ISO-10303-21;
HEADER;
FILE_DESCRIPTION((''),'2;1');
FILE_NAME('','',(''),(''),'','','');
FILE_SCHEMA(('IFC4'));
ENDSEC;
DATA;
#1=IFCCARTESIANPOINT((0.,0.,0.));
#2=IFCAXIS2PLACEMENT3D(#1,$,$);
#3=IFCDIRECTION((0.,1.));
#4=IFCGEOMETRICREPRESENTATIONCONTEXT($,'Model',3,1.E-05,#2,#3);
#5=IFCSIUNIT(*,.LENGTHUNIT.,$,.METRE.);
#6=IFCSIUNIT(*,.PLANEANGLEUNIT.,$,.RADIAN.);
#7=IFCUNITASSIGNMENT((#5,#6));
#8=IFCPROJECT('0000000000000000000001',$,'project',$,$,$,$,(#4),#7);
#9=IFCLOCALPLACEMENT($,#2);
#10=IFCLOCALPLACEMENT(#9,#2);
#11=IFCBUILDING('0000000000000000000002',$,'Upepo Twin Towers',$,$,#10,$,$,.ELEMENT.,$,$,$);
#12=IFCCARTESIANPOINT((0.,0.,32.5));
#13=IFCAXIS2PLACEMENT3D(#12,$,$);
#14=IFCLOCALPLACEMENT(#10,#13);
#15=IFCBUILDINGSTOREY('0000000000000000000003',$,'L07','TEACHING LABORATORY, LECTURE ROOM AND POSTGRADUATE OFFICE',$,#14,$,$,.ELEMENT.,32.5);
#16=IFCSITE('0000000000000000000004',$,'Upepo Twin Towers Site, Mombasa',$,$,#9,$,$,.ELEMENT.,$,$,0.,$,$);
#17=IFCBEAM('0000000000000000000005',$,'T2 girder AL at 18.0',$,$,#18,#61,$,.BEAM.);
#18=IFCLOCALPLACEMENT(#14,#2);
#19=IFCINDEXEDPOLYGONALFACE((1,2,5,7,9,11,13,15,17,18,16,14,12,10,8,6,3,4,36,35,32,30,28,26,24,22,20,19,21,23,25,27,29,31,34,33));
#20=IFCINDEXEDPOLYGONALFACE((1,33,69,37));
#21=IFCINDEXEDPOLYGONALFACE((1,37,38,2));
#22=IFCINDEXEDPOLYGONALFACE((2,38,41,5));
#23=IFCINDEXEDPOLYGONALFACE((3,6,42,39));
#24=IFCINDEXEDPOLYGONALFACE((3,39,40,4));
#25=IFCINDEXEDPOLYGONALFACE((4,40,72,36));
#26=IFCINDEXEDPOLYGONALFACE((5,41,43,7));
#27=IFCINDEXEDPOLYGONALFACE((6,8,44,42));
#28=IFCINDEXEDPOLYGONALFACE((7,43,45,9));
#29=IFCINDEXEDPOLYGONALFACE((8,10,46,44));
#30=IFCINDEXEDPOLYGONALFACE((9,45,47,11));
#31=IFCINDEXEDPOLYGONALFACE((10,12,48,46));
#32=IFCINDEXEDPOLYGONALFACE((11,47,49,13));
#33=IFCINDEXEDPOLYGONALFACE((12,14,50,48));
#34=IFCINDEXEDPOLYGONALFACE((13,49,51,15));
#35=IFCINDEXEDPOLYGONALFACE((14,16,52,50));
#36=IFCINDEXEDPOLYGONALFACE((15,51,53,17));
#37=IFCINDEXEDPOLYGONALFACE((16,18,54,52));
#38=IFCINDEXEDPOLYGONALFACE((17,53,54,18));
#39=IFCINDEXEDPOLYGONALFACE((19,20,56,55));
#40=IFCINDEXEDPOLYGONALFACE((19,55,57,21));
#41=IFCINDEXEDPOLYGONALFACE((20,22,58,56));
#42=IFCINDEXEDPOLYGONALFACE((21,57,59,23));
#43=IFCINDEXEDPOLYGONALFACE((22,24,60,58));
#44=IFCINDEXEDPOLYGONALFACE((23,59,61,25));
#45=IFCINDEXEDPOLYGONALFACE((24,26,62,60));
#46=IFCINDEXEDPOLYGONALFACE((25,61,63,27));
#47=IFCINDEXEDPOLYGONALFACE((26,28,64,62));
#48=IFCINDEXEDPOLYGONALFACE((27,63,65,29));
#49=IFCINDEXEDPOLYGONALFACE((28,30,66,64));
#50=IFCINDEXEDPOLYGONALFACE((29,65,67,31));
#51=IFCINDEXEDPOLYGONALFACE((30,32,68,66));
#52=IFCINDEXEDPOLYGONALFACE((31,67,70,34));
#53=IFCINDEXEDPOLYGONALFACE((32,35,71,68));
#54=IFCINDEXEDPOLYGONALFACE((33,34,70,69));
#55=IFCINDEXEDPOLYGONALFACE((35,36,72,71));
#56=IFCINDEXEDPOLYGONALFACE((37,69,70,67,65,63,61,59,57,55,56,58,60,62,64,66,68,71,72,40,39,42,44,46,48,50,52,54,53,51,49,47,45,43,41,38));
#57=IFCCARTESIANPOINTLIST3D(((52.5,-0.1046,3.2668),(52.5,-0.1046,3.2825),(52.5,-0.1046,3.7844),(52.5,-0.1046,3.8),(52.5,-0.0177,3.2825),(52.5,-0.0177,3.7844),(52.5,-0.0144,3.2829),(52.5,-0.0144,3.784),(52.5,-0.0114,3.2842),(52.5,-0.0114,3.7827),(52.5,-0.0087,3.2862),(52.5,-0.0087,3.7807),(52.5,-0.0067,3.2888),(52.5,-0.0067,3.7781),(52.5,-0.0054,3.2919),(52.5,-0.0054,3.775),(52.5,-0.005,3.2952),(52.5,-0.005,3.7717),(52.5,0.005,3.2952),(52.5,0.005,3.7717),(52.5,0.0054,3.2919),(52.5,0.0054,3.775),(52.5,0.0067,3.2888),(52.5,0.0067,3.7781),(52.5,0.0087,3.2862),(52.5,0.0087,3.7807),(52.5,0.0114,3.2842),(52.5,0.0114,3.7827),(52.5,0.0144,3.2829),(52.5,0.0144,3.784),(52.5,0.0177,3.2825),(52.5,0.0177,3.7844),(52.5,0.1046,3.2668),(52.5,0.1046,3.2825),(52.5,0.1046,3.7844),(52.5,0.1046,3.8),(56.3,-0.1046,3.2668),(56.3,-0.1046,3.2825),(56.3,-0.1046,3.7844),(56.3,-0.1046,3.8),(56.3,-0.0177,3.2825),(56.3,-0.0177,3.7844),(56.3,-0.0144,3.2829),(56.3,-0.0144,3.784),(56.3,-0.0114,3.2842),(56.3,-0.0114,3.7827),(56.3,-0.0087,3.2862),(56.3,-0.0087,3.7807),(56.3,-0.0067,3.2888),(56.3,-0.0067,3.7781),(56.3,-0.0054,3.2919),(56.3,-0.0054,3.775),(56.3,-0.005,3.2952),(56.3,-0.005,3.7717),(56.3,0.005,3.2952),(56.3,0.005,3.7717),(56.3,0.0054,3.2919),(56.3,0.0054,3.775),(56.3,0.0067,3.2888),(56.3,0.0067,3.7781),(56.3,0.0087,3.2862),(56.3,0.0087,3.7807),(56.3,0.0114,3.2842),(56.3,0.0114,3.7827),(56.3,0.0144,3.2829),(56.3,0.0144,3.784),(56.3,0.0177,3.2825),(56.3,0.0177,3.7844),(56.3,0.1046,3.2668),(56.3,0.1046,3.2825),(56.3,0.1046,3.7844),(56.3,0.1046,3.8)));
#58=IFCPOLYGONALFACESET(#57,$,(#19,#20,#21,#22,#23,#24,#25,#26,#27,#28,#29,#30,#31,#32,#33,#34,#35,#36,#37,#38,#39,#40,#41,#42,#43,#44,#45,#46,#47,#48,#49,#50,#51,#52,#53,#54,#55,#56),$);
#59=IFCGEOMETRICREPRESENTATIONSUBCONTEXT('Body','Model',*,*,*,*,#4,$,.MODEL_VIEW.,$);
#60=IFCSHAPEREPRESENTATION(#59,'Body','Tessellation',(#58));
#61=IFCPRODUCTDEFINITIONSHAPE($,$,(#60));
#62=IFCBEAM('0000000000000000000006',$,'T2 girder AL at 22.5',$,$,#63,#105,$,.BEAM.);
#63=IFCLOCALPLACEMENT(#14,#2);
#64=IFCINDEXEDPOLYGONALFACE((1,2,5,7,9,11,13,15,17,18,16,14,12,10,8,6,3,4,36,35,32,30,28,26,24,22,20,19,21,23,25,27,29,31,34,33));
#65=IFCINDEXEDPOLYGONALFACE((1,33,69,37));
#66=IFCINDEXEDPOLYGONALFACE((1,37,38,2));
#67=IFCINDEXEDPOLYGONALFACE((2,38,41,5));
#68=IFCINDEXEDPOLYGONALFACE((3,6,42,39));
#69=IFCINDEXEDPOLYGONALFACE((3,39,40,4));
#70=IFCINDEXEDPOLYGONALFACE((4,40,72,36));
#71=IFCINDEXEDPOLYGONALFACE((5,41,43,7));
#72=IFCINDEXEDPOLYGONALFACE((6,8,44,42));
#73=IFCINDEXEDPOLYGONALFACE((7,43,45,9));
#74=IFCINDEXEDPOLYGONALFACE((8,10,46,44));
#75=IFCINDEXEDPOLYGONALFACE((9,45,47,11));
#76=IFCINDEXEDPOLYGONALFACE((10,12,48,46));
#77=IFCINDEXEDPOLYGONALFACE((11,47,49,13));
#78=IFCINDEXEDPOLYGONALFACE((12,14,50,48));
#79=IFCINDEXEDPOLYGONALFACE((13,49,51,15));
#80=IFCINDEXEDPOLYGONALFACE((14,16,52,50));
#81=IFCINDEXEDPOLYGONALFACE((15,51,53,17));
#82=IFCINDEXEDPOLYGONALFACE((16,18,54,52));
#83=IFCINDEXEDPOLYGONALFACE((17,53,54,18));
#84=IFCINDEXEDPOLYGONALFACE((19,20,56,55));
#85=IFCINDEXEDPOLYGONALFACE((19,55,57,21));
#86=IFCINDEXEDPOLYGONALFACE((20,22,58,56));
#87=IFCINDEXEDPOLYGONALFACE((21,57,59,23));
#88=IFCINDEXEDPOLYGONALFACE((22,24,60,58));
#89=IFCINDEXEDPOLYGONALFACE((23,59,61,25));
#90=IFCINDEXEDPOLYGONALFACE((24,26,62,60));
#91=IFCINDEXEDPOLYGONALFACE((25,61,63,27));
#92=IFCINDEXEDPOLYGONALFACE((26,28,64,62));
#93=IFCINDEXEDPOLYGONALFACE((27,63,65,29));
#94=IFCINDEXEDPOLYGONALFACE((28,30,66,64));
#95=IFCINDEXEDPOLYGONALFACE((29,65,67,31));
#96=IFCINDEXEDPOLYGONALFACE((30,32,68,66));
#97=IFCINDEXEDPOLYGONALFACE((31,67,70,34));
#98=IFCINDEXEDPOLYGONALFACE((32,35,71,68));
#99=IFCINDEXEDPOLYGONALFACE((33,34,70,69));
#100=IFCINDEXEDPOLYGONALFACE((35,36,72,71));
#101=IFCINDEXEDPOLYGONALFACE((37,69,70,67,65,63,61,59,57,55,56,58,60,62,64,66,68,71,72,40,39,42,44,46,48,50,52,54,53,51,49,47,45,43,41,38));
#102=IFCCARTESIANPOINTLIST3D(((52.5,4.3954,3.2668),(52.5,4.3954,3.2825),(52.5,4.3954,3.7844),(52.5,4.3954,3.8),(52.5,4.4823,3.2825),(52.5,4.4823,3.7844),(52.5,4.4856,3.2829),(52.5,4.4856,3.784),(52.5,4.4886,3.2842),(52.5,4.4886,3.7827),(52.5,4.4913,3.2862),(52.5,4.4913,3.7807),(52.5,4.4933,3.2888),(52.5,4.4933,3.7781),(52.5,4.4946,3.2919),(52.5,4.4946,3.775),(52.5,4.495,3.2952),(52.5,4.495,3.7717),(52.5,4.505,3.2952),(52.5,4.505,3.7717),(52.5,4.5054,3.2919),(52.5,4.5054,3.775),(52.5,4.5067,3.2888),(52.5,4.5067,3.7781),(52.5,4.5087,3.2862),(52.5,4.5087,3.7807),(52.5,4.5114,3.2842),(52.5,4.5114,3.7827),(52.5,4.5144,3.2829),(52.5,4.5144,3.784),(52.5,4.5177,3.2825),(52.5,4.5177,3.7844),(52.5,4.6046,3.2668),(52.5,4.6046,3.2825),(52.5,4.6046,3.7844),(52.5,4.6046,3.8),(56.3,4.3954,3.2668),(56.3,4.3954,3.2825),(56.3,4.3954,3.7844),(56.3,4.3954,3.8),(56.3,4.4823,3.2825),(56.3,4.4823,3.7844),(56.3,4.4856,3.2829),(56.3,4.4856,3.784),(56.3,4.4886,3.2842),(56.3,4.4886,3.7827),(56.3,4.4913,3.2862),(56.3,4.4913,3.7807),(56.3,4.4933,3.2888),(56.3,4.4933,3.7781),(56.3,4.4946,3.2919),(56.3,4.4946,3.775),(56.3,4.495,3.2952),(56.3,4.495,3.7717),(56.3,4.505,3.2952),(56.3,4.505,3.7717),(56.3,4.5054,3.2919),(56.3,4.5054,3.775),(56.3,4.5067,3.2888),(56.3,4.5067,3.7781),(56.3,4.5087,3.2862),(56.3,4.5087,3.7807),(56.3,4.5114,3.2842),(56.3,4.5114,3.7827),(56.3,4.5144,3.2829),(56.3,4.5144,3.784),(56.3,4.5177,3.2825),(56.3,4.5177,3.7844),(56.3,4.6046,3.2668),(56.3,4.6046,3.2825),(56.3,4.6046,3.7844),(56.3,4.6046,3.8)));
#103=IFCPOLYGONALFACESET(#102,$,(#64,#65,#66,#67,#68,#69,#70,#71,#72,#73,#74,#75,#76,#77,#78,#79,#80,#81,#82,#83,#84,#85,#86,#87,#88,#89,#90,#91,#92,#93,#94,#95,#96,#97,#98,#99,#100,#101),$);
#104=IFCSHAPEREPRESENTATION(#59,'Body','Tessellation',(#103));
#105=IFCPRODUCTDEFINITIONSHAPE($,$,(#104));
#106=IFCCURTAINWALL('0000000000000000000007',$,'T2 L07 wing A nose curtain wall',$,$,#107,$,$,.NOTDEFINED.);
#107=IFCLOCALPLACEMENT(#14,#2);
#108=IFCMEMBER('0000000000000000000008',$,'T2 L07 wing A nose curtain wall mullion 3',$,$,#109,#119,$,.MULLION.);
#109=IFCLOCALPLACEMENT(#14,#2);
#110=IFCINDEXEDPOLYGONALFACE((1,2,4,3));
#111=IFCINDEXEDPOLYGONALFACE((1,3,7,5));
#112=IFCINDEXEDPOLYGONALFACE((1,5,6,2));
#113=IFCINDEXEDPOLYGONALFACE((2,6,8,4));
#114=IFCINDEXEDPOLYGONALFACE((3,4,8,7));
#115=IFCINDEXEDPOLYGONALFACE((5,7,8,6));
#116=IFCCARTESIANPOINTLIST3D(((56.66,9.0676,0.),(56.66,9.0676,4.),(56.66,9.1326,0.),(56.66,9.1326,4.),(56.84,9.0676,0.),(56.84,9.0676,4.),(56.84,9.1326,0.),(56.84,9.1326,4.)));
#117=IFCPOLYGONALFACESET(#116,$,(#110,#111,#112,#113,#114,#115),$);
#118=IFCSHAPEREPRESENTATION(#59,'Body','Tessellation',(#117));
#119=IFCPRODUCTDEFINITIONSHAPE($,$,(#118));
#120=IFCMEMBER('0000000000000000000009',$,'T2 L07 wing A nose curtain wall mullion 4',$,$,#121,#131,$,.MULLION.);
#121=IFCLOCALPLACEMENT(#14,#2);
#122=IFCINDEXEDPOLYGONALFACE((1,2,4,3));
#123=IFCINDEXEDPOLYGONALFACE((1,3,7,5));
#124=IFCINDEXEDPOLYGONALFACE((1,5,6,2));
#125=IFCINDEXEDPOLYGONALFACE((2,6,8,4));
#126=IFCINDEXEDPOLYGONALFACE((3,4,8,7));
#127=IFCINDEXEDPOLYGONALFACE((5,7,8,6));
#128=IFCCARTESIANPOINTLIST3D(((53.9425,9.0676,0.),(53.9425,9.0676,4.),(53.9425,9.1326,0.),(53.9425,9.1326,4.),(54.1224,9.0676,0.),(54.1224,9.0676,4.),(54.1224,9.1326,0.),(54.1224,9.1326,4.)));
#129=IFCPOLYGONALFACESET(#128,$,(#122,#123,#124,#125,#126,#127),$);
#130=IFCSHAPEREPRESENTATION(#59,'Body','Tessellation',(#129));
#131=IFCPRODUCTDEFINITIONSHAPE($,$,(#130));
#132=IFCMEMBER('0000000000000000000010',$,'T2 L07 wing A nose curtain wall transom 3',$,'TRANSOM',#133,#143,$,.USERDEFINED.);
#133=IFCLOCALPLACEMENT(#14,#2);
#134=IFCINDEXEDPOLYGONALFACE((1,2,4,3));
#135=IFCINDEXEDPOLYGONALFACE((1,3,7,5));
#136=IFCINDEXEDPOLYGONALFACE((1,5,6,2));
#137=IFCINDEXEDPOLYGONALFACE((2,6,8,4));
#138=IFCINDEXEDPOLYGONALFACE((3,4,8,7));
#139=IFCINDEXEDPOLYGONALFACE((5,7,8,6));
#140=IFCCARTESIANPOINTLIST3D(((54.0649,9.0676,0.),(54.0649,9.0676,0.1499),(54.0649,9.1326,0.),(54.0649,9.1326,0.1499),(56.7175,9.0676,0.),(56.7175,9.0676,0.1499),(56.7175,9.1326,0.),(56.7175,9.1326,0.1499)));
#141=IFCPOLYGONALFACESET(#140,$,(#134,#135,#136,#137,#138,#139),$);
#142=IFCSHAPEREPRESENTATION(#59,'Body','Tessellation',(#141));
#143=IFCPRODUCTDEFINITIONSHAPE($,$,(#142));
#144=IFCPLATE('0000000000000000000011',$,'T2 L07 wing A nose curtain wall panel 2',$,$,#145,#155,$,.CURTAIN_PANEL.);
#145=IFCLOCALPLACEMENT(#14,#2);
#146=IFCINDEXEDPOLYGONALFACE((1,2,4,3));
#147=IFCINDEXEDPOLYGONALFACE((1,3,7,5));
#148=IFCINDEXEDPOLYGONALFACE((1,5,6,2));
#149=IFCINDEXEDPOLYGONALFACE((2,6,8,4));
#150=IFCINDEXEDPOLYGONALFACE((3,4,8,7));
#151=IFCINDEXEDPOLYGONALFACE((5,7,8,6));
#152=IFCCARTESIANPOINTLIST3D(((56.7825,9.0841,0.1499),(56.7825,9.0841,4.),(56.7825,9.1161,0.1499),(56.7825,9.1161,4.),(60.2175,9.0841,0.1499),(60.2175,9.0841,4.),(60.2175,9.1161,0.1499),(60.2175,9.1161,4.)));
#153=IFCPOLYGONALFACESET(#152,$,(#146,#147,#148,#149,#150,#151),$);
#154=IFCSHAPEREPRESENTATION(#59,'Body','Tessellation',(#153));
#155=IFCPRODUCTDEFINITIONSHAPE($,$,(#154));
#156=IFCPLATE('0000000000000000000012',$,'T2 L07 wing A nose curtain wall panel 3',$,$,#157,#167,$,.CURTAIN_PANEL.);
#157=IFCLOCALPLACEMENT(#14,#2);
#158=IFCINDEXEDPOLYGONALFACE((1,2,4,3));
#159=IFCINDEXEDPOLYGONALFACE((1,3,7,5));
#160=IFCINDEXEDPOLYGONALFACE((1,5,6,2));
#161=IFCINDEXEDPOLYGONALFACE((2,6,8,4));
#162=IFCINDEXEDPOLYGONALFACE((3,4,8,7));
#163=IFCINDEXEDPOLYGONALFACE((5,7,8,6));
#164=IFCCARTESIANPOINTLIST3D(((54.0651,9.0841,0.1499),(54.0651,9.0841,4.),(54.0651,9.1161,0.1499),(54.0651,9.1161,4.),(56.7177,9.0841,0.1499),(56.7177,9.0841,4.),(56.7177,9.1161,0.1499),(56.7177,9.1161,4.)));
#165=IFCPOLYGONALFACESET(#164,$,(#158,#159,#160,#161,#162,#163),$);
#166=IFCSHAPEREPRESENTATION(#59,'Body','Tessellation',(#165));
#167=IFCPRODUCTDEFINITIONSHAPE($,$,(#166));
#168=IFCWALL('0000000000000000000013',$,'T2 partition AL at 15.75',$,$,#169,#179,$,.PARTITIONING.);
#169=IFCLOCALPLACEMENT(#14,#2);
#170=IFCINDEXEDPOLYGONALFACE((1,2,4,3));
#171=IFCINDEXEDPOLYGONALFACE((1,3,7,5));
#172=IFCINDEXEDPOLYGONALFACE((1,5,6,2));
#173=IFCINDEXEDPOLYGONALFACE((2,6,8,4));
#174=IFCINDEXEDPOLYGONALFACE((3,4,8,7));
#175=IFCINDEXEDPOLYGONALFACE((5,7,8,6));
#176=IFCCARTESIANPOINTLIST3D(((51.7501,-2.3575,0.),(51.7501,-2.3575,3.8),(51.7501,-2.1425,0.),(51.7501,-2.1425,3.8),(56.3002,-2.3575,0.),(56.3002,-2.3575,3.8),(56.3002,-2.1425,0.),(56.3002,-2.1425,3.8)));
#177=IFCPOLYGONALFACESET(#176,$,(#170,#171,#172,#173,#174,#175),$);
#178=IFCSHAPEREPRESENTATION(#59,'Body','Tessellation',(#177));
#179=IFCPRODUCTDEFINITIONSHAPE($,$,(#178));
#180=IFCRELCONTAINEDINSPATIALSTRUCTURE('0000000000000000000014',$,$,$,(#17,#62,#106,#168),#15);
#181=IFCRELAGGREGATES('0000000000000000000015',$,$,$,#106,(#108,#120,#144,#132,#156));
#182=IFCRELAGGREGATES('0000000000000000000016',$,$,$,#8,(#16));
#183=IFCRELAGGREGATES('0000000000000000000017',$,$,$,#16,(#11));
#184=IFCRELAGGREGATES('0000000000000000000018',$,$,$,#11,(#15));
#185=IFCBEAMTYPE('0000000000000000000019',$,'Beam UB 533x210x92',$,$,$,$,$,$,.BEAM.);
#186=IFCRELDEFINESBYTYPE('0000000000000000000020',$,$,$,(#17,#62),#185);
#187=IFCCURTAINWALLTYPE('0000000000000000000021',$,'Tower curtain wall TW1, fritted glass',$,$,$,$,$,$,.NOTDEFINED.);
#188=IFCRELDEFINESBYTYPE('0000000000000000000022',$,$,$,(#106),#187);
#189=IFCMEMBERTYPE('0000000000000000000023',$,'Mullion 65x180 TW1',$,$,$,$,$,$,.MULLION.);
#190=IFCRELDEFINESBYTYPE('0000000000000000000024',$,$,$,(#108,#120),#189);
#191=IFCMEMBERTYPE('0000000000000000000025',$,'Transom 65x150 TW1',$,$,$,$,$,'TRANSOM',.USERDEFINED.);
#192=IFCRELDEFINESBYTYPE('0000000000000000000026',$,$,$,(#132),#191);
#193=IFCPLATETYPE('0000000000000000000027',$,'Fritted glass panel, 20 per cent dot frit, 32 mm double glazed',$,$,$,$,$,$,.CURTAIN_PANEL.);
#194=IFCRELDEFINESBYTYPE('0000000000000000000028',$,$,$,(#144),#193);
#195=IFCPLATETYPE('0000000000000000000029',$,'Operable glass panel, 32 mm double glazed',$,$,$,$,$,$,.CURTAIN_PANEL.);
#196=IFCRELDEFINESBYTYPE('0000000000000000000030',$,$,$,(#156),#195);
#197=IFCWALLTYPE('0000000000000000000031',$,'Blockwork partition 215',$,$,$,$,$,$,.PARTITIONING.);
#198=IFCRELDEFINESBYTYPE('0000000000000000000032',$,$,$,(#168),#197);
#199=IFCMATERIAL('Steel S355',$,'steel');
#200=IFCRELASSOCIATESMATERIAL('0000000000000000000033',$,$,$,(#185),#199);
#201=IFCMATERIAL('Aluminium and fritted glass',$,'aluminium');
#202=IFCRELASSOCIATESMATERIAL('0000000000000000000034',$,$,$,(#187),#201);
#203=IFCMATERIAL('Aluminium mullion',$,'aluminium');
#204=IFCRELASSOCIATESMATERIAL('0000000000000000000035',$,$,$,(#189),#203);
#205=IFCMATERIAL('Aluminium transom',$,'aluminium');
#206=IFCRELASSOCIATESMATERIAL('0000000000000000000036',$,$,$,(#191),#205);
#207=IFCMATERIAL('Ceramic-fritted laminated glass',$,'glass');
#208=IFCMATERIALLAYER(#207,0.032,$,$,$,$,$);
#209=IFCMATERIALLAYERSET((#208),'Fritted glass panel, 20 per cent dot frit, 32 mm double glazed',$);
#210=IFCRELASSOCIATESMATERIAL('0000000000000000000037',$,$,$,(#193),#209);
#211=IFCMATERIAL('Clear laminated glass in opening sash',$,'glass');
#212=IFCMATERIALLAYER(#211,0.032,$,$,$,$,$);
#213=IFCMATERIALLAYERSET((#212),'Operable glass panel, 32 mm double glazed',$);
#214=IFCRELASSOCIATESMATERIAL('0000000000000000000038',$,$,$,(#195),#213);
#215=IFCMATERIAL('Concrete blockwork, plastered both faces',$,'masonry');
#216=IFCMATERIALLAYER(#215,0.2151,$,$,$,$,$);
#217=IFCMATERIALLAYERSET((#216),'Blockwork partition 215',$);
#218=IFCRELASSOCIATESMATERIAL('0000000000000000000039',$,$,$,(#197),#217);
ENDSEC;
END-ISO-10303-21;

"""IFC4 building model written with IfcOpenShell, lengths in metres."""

from ifc_helpers import new_model, si_unit, direction, frame, frame_2d, origin, origin_2d, place, context, subcontext, project, spatial, rectangle, i_section, extrude, material, layer, layer_set, material_profile, profile_set, type_object, element, aggregate, save


model = new_model("IFC4")

# Units and contexts
model_context = context("Model", 3, precision=1e-05, world=origin(), true_north=direction((0.0, 1.0)))
body_context = subcontext(model_context, "Body", "Model", "MODEL_VIEW")
ifc_project = project(units=[si_unit("LENGTHUNIT", "METRE"), si_unit("PLANEANGLEUNIT", "RADIAN")], contexts=[model_context])

# Site, building, storey
site_placement = place(None, origin())
site = spatial("IfcSite", under=ifc_project, at=site_placement, Name="Upepo Twin Towers Site, Mombasa", CompositionType="ELEMENT", RefElevation=0.0)
building_placement = place(site_placement, origin())
building = spatial("IfcBuilding", under=site, at=building_placement, Name="Upepo Twin Towers", CompositionType="ELEMENT")
storey_placement = place(building_placement, frame((0.0, 0.0, 32.5)))
storey = spatial("IfcBuildingStorey", under=building, at=storey_placement, Name="L07", Description="TEACHING LABORATORY, LECTURE ROOM AND POSTGRADUATE OFFICE", CompositionType="ELEMENT", Elevation=32.5)

# Beams
ifc_material_1 = material(Name="Steel S355", Category="steel")
ifc_material_profile_1 = material_profile(ifc_material_1, i_section(OverallWidth=0.2092, OverallDepth=0.5332, WebThickness=0.01, FlangeThickness=0.0156, FilletRadius=0.0127, at=origin_2d()), Name="UB 533x210x92")
ifc_profile_set_1 = profile_set([ifc_material_profile_1], Name="Steel S355")
beam_type_1 = type_object("IfcBeamType", Name="Beam UB 533x210x92", PredefinedType="BEAM", material=ifc_profile_set_1)
for number, where, z_axis, x_axis, name in (
    (1, (52.5, 0.0, 3.5334), (1.0, 0.0, 0.0), (0.0, 1.0, 0.0), "T2 girder AL at 18.0"),
    (2, (52.5, 4.5, 3.5334), (1.0, 0.0, 0.0), (0.0, 1.0, 0.0), "T2 girder AL at 22.5"),
):
    element("IfcBeam", number, at=place(storey_placement, frame(where, z_axis=z_axis, x_axis=x_axis)), inside=storey, type_object=beam_type_1, Name=name, PredefinedType="BEAM", context=body_context, shape_type="SweptSolid", body=[
        extrude(i_section(OverallWidth=0.2092, OverallDepth=0.5332, WebThickness=0.01, FlangeThickness=0.0156, FilletRadius=0.0127, at=origin_2d()), origin(), (0.0, 0.0, 1.0), 3.8),
    ])

# Curtain wall, members, plates
ifc_material_2 = material(Name="Aluminium and fritted glass", Category="aluminium")
curtain_wall_type = type_object("IfcCurtainWallType", Name="Tower curtain wall TW1, fritted glass", PredefinedType="NOTDEFINED", material=ifc_material_2)
curtain_wall_placement = place(storey_placement, origin())
curtain_wall = element("IfcCurtainWall", 3, at=curtain_wall_placement, inside=storey, type_object=curtain_wall_type, Name="T2 L07 wing A nose curtain wall", PredefinedType="NOTDEFINED")
ifc_material_3 = material(Name="Aluminium mullion", Category="aluminium")
ifc_material_profile_2 = material_profile(ifc_material_3, rectangle(XDim=0.0649, YDim=0.1799, at=origin_2d()), Name="MULLION 65x180")
ifc_profile_set_2 = profile_set([ifc_material_profile_2], Name="Aluminium mullion")
member_type_1 = type_object("IfcMemberType", Name="Mullion 65x180 TW1", PredefinedType="MULLION", material=ifc_profile_set_2)
member_1_placement = place(storey_placement, frame((56.75, 9.1001, 0.0), z_axis=(0.0, 0.0, 1.0), x_axis=(0.0, -1.0, 0.0)))
member_1 = element("IfcMember", 4, at=member_1_placement, type_object=member_type_1, Name="T2 L07 wing A nose curtain wall mullion 3", PredefinedType="MULLION", context=body_context, shape_type="SweptSolid", body=[
    extrude(rectangle(XDim=0.0649, YDim=0.1799, at=origin_2d()), origin(), (0.0, 0.0, 1.0), 4.0),
])
member_2_placement = place(storey_placement, frame((54.0325, 9.1001, 0.0), z_axis=(0.0, 0.0, 1.0), x_axis=(0.0, -1.0, 0.0)))
member_2 = element("IfcMember", 5, at=member_2_placement, type_object=member_type_1, Name="T2 L07 wing A nose curtain wall mullion 4", PredefinedType="MULLION", context=body_context, shape_type="SweptSolid", body=[
    extrude(rectangle(XDim=0.0649, YDim=0.1799, at=origin_2d()), origin(), (0.0, 0.0, 1.0), 4.0),
])
ifc_material_4 = material(Name="Aluminium transom", Category="aluminium")
ifc_material_profile_3 = material_profile(ifc_material_4, rectangle(XDim=0.0649, YDim=0.1499, at=origin_2d()), Name="TRANSOM 65x150")
ifc_profile_set_3 = profile_set([ifc_material_profile_3], Name="Aluminium transom")
member_type_2 = type_object("IfcMemberType", Name="Transom 65x150 TW1", ElementType="TRANSOM", PredefinedType="USERDEFINED", material=ifc_profile_set_3)
member_3_placement = place(storey_placement, frame((56.7175, 9.1001, 0.075), z_axis=(-1.0, 0.0, 0.0), x_axis=(0.0, -1.0, 0.0)))
member_3 = element("IfcMember", 6, at=member_3_placement, type_object=member_type_2, Name="T2 L07 wing A nose curtain wall transom 3", ObjectType="TRANSOM", PredefinedType="USERDEFINED", context=body_context, shape_type="SweptSolid", body=[
    extrude(rectangle(XDim=0.0649, YDim=0.1499, at=origin_2d()), origin(), (0.0, 0.0, 1.0), 2.6526),
])
ifc_material_5 = material(Name="Ceramic-fritted laminated glass", Category="glass")
ifc_layer_1 = layer(ifc_material_5, 0.032)
ifc_layer_set_1 = layer_set([ifc_layer_1], Name="Fritted glass panel, 20 per cent dot frit, 32 mm double glazed")
plate_type_1 = type_object("IfcPlateType", Name="Fritted glass panel, 20 per cent dot frit, 32 mm double glazed", PredefinedType="CURTAIN_PANEL", material=ifc_layer_set_1)
plate_1_placement = place(storey_placement, frame((58.5, 9.1001, 0.1499), z_axis=(0.0, 0.0, 1.0), x_axis=(-1.0, 0.0, 0.0)))
plate_1 = element("IfcPlate", 7, at=plate_1_placement, type_object=plate_type_1, Name="T2 L07 wing A nose curtain wall panel 2", PredefinedType="CURTAIN_PANEL", context=body_context, shape_type="SweptSolid", body=[
    extrude(rectangle(XDim=3.4351, YDim=0.032, at=origin_2d()), origin(), (0.0, 0.0, 1.0), 3.8501),
])
ifc_material_6 = material(Name="Clear laminated glass in opening sash", Category="glass")
ifc_layer_2 = layer(ifc_material_6, 0.032)
ifc_layer_set_2 = layer_set([ifc_layer_2], Name="Operable glass panel, 32 mm double glazed")
plate_type_2 = type_object("IfcPlateType", Name="Operable glass panel, 32 mm double glazed", PredefinedType="CURTAIN_PANEL", material=ifc_layer_set_2)
plate_2_placement = place(storey_placement, frame((55.3914, 9.1001, 0.1499), z_axis=(0.0, 0.0, 1.0), x_axis=(-1.0, 0.0, 0.0)))
plate_2 = element("IfcPlate", 8, at=plate_2_placement, type_object=plate_type_2, Name="T2 L07 wing A nose curtain wall panel 3", PredefinedType="CURTAIN_PANEL", context=body_context, shape_type="SweptSolid", body=[
    extrude(rectangle(XDim=2.6526, YDim=0.032, at=origin_2d()), origin(), (0.0, 0.0, 1.0), 3.8501),
])
aggregate(curtain_wall, [member_1, member_2, plate_1, member_3, plate_2])

# Wall
ifc_material_7 = material(Name="Concrete blockwork, plastered both faces", Category="masonry")
ifc_layer_3 = layer(ifc_material_7, 0.2151)
ifc_layer_set_3 = layer_set([ifc_layer_3], Name="Blockwork partition 215")
wall_type_1 = type_object("IfcWallType", Name="Blockwork partition 215", PredefinedType="PARTITIONING", material=ifc_layer_set_3)
wall_1_placement = place(storey_placement, frame((56.3, -2.25, 0.0), z_axis=(0.0, 0.0, 1.0), x_axis=(-1.0, 0.0, 0.0)))
element("IfcWall", 9, at=wall_1_placement, inside=storey, type_object=wall_type_1, Name="T2 partition AL at 15.75", PredefinedType="PARTITIONING", context=body_context, shape_type="SweptSolid", body=[
    extrude(rectangle(XDim=4.55, YDim=0.2151, at=frame_2d((2.2749, 0.0))), origin(), (0.0, 0.0, 1.0), 3.8),
])

save(model, "model.ifc")
